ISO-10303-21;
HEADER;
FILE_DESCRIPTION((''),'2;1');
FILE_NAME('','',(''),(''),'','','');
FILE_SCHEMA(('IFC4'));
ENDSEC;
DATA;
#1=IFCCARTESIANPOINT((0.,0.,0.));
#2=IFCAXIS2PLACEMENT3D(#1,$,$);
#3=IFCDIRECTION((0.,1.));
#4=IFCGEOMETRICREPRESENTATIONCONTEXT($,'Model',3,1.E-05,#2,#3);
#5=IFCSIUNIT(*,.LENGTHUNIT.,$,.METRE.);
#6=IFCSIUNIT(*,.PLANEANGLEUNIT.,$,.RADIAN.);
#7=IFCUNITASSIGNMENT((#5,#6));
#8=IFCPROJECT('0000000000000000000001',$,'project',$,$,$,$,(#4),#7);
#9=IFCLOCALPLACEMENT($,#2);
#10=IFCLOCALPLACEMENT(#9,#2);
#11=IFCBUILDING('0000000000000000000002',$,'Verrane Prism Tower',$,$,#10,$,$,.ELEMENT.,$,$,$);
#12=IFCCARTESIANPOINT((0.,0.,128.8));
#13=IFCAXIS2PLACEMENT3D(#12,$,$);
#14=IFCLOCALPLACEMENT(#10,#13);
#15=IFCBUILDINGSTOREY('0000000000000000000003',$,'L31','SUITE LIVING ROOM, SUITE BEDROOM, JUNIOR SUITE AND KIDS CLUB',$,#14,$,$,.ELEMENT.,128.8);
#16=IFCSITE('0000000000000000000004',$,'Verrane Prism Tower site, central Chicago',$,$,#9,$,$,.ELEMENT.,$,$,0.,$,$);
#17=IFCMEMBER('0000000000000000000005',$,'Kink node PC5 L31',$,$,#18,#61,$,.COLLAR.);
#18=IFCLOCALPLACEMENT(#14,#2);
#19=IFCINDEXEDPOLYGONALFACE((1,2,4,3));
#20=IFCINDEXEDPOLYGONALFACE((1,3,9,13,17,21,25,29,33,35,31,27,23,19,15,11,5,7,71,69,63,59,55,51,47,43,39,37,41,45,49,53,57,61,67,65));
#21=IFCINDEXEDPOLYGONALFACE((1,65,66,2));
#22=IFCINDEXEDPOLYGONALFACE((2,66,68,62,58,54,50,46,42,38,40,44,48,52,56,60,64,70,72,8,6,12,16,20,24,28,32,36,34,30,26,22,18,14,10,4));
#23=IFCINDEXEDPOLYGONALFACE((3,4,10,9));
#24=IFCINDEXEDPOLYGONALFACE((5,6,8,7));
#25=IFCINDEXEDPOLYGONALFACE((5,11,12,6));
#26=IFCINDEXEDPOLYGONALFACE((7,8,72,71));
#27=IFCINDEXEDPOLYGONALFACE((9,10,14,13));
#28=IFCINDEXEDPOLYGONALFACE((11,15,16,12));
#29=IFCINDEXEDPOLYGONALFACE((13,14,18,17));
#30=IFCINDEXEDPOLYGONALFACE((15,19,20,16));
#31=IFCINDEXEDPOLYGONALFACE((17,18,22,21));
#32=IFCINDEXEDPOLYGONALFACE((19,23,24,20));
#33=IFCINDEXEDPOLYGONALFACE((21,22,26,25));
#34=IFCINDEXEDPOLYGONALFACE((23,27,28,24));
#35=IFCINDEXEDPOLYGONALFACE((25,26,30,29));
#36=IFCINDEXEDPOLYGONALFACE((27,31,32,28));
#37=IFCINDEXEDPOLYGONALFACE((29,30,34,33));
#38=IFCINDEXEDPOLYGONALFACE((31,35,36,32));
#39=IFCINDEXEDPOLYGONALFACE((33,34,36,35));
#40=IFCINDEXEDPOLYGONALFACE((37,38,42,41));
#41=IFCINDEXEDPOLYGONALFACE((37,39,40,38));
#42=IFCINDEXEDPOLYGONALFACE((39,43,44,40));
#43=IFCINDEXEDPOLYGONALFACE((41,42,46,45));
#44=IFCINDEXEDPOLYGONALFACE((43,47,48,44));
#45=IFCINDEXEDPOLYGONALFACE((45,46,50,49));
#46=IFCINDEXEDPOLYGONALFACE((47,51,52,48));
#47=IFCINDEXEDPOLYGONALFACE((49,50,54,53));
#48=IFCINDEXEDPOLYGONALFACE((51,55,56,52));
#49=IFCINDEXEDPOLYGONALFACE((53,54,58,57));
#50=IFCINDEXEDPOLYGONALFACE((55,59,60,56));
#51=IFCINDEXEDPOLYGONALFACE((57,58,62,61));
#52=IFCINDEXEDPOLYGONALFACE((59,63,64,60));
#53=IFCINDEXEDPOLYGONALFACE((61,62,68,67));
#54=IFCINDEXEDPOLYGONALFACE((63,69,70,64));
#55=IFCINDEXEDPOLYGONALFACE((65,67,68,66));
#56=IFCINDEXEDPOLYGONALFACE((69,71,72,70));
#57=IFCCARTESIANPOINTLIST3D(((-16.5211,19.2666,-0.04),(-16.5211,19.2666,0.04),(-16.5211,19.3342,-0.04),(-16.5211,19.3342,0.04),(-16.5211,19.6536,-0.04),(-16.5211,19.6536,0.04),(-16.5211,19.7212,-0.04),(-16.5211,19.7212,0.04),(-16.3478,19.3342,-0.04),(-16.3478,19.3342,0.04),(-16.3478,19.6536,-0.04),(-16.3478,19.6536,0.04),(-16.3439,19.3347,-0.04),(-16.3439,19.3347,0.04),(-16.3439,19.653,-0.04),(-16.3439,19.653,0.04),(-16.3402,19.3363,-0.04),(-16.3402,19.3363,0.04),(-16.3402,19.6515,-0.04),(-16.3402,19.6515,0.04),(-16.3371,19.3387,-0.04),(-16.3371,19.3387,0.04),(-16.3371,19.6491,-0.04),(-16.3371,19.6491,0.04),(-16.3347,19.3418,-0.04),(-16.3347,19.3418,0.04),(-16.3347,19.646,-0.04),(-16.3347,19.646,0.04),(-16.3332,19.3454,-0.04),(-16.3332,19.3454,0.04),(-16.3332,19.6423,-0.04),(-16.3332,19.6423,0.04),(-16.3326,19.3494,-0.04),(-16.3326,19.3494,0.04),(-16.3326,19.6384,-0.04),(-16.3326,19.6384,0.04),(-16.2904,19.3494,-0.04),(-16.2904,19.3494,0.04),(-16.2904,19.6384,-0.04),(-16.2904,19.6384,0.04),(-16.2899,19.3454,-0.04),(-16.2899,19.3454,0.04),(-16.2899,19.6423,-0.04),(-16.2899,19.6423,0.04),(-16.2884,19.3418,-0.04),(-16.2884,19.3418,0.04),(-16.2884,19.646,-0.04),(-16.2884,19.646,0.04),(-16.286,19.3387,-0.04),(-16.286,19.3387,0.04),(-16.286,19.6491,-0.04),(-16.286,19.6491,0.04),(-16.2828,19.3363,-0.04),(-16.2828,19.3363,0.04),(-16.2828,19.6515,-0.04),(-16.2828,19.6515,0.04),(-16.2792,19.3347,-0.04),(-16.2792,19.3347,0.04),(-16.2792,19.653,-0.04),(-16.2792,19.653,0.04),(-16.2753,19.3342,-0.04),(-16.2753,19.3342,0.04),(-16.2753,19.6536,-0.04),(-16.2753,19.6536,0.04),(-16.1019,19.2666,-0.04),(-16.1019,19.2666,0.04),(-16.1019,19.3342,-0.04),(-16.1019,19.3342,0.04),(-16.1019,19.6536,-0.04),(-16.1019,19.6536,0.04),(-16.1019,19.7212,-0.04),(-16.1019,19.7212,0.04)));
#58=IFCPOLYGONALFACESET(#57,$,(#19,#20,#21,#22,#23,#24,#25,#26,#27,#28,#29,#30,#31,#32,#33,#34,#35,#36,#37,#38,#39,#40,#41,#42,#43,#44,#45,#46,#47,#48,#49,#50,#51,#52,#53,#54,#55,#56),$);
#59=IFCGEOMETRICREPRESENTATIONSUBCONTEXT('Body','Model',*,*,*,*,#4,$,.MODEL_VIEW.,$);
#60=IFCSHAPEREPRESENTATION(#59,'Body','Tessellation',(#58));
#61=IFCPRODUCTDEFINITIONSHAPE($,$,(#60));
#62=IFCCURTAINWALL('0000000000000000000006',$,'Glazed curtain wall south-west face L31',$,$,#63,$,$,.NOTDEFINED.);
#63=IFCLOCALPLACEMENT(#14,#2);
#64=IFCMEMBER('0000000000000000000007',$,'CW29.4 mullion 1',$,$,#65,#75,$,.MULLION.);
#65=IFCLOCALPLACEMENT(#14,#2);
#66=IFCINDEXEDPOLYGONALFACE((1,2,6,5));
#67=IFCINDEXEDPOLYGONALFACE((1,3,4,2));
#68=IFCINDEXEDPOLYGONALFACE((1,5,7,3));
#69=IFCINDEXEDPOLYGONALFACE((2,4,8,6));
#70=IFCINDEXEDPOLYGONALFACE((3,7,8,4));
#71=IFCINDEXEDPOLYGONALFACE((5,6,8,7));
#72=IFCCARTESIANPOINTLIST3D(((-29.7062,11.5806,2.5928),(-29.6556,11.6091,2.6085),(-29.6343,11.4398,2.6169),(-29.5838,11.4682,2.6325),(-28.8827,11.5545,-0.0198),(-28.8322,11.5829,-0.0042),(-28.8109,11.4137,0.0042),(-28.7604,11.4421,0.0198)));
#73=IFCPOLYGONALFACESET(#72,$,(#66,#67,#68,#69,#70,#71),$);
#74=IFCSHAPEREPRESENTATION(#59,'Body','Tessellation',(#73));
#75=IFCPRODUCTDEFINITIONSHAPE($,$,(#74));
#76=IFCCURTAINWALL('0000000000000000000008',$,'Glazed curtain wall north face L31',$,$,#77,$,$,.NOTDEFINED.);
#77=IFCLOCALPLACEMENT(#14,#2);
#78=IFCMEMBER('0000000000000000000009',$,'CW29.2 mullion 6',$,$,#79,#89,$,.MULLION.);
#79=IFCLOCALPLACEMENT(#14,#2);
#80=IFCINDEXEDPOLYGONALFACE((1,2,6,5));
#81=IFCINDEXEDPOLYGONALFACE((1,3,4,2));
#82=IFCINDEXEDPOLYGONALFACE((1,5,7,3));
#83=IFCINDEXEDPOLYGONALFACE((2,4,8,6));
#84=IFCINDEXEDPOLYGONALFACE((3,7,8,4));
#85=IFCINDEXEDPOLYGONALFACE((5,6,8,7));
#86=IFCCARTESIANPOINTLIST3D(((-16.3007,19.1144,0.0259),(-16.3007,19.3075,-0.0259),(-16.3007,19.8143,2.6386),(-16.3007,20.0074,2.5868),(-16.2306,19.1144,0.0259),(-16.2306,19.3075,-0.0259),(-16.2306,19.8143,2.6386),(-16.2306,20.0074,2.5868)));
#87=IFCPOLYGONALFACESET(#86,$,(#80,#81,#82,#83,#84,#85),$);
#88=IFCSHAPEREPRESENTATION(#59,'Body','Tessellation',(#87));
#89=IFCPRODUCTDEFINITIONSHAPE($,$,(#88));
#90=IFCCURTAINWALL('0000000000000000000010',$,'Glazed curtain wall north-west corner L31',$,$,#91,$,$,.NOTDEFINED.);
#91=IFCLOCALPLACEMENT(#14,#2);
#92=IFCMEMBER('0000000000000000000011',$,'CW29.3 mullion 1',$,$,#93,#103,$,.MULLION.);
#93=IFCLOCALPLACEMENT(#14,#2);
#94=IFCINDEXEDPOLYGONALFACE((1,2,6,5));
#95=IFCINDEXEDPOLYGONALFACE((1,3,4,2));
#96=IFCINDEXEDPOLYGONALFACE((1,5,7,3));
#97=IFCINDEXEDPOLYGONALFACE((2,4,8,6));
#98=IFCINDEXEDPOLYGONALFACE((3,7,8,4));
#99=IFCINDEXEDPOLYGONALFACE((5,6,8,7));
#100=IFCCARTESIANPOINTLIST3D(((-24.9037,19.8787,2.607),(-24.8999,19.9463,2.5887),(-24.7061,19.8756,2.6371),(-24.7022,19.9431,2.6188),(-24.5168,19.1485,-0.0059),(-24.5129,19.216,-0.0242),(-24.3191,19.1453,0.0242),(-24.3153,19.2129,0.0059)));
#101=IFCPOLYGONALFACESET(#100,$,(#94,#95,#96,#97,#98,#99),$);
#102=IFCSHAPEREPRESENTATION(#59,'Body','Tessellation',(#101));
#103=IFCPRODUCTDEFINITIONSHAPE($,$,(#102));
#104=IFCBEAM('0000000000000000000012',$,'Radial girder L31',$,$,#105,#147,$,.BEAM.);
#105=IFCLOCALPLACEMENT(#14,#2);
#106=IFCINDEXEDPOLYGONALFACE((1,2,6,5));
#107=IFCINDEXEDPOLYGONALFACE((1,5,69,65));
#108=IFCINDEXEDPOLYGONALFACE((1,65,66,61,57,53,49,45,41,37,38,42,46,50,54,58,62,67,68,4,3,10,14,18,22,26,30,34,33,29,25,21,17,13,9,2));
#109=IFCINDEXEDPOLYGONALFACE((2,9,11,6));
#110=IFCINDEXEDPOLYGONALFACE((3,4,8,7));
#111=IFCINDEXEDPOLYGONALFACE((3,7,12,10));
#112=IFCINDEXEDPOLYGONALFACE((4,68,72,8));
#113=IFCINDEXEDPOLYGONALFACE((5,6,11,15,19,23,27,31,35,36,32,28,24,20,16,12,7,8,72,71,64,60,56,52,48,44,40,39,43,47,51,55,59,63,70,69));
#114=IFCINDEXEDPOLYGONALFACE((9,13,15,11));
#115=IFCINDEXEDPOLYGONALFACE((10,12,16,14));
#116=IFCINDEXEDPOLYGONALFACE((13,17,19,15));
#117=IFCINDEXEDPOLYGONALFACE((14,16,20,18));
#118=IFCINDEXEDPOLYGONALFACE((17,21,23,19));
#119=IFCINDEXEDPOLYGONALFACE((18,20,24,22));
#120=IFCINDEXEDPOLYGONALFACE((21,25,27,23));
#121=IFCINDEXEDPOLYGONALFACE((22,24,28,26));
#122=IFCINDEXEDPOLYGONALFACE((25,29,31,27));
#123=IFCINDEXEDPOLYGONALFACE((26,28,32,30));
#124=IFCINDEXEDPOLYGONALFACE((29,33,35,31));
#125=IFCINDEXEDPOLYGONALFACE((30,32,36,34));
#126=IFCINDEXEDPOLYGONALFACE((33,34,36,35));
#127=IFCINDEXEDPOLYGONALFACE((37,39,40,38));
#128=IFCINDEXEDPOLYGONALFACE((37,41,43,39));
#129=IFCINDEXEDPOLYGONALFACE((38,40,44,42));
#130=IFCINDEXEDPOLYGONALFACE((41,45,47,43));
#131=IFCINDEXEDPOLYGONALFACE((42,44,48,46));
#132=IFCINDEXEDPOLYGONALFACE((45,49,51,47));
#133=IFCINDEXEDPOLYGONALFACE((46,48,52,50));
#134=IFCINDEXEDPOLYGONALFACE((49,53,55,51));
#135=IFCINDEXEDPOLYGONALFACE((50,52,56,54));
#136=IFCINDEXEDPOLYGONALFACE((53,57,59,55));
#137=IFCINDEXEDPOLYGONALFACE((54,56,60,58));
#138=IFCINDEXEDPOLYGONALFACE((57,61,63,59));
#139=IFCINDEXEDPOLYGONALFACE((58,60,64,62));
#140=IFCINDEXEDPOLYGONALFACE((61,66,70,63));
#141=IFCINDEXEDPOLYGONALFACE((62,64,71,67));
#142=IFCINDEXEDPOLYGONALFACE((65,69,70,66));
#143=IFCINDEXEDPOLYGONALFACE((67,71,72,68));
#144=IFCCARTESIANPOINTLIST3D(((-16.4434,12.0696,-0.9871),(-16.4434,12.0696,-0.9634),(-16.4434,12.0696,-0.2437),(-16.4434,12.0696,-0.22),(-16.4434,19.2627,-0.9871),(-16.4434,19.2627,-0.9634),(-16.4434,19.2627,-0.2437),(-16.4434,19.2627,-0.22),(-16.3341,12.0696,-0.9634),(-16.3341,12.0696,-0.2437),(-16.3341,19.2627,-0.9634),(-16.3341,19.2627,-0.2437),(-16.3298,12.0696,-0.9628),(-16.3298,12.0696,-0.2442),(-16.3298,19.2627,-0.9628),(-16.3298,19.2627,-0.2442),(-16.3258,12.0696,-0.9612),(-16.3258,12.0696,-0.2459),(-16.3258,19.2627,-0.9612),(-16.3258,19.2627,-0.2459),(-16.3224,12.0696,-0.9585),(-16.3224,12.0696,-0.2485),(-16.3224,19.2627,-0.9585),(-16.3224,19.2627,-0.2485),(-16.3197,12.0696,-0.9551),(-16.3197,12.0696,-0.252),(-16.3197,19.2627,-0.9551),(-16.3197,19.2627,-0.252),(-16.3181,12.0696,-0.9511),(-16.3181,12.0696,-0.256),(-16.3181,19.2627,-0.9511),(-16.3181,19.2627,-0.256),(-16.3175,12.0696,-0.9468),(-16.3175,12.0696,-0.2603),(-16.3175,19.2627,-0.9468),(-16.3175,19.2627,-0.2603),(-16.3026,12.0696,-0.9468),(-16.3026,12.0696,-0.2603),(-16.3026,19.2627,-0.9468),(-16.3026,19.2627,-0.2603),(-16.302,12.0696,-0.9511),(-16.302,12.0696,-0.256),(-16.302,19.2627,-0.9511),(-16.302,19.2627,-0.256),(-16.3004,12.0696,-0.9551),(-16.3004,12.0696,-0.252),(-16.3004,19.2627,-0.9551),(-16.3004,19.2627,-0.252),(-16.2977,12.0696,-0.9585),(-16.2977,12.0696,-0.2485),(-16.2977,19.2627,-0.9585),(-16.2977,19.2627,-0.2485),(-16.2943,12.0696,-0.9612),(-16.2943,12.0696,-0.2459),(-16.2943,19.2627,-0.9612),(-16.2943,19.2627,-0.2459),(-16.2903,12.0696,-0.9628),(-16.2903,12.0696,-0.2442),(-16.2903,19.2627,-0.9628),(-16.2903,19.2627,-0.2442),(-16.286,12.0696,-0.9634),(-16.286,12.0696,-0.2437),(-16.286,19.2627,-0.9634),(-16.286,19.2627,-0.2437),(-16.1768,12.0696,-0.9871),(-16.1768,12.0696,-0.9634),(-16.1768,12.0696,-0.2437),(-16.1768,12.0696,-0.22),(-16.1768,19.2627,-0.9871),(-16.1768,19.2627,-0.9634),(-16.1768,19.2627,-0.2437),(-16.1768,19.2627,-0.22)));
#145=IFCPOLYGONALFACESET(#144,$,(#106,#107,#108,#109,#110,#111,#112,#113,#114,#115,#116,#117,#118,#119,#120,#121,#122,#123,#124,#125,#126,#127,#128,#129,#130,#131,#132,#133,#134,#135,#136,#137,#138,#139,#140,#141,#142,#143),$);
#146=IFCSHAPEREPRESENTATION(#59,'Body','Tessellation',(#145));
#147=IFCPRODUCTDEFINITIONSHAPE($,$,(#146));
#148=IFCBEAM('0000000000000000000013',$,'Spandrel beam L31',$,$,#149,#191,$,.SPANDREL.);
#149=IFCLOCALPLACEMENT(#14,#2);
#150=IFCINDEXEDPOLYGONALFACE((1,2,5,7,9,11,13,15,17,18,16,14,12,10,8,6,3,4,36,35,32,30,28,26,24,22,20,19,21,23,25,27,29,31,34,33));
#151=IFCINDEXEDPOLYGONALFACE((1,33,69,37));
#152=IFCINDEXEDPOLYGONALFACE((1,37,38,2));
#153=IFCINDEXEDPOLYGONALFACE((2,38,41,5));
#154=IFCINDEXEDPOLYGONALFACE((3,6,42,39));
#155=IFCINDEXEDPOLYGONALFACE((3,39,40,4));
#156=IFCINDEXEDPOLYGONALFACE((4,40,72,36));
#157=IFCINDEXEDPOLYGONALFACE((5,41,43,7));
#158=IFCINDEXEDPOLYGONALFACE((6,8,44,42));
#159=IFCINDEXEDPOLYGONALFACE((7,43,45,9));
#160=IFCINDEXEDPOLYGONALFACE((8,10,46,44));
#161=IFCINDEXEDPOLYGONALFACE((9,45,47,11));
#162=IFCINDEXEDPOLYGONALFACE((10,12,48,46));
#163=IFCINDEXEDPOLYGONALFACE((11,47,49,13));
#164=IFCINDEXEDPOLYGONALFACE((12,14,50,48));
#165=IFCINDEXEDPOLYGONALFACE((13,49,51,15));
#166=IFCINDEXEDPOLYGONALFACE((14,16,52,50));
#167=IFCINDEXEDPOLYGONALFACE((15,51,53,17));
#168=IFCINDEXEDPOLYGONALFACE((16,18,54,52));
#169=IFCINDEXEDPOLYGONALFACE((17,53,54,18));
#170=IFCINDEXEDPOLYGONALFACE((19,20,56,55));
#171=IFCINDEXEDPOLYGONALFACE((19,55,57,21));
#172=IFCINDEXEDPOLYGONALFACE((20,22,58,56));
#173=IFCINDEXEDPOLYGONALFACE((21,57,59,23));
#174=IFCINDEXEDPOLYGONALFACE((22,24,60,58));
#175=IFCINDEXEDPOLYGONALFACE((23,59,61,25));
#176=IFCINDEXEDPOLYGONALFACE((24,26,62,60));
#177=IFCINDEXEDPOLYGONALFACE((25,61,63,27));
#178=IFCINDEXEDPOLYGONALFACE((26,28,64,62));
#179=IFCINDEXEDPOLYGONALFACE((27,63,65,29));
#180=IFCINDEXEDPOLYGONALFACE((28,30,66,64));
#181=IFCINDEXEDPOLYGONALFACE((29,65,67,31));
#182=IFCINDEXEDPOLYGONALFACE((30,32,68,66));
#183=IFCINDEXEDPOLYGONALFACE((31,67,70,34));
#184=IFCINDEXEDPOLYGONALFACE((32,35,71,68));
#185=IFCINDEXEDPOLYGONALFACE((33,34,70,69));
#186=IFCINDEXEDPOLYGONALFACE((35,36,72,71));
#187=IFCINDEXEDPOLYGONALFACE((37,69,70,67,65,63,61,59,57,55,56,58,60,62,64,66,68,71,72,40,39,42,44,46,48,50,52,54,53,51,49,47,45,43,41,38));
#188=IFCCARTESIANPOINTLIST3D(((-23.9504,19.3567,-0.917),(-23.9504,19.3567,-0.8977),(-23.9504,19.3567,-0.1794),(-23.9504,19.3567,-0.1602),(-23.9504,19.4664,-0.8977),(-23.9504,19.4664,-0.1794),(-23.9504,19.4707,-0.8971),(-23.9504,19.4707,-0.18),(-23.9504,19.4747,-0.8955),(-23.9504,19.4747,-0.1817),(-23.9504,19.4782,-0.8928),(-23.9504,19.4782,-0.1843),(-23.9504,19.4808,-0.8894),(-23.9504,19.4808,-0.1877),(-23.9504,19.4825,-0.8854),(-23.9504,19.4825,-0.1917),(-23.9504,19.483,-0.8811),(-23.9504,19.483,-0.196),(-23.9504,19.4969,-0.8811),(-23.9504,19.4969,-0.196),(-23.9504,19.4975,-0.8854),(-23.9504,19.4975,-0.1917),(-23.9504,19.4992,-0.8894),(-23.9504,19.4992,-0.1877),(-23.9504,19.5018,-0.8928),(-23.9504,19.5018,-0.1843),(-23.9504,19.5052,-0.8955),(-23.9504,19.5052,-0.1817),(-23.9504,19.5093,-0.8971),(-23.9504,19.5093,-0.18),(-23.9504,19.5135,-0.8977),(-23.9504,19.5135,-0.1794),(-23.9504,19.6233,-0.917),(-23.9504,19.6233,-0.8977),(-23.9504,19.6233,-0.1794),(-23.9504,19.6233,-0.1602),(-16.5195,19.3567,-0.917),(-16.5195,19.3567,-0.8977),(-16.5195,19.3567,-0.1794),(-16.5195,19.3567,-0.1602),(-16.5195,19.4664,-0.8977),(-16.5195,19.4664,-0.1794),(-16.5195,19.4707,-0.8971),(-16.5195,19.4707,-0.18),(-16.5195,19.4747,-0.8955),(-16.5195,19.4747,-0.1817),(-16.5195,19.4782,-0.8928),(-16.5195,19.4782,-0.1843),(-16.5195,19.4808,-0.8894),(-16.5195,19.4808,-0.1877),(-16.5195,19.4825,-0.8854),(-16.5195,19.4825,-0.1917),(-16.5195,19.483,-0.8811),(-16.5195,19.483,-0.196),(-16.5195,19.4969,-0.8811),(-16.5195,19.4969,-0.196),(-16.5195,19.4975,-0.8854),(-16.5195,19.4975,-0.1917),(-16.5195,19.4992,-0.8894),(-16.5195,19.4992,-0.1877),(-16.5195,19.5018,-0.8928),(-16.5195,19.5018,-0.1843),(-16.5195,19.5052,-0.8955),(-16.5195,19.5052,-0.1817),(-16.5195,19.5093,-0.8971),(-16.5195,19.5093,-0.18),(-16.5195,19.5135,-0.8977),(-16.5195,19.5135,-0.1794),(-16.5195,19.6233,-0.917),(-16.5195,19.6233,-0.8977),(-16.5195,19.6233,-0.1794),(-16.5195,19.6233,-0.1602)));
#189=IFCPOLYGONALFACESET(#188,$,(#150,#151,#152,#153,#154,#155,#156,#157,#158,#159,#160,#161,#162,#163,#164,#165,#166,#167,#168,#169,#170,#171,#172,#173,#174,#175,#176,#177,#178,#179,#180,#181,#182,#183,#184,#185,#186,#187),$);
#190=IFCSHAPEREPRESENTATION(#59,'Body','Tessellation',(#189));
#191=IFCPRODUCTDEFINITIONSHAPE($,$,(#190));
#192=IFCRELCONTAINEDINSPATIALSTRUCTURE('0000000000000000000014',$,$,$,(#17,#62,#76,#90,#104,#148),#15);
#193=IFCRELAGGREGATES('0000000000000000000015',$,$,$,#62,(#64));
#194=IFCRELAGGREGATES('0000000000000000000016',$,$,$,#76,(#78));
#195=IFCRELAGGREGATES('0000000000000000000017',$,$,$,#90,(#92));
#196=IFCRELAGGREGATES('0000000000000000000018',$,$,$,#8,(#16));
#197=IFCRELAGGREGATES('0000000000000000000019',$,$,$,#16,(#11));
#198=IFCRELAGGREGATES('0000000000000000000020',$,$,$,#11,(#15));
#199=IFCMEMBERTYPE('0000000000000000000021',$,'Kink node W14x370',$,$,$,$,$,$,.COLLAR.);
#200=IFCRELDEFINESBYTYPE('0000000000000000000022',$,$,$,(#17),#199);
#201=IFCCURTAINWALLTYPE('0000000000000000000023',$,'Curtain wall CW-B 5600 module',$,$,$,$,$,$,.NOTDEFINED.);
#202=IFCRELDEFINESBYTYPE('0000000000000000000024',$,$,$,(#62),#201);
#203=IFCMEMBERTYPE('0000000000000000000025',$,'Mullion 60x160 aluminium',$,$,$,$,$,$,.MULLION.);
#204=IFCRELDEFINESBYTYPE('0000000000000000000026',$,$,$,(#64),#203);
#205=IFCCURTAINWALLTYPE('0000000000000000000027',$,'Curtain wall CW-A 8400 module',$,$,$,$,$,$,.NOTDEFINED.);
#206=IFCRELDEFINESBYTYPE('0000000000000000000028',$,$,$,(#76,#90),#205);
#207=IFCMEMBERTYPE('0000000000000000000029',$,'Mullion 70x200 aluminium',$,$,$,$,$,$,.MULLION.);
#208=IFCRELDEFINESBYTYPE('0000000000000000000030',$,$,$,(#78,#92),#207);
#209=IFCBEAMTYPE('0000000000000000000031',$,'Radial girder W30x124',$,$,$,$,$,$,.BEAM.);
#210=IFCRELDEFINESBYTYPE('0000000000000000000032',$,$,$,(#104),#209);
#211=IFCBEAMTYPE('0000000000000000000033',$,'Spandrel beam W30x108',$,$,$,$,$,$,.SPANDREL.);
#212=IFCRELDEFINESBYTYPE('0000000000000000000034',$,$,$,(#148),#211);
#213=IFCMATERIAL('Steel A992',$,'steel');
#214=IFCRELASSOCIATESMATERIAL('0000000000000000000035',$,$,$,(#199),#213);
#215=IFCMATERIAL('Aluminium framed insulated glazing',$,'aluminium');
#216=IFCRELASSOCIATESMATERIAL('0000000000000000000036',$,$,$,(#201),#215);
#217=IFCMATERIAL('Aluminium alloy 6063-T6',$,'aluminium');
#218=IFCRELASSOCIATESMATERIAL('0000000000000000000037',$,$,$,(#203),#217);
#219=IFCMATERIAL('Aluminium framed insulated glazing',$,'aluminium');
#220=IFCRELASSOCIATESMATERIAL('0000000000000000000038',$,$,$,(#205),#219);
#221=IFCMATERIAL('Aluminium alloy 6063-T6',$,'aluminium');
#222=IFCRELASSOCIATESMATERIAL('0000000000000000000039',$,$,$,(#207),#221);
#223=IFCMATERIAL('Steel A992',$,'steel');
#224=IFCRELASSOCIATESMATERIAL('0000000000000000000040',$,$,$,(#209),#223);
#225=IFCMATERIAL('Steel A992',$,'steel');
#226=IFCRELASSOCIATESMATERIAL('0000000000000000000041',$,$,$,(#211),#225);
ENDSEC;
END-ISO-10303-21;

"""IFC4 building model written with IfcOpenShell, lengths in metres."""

from ifc_helpers import new_model, si_unit, direction, frame, origin, origin_2d, place, context, subcontext, project, spatial, rectangle, i_section, extrude, material, material_profile, profile_set, type_object, element, aggregate, save


model = new_model("IFC4")

# Units and contexts
model_context = context("Model", 3, precision=1e-05, world=origin(), true_north=direction((0.0, 1.0)))
body_context = subcontext(model_context, "Body", "Model", "MODEL_VIEW")
ifc_project = project(units=[si_unit("LENGTHUNIT", "METRE"), si_unit("PLANEANGLEUNIT", "RADIAN")], contexts=[model_context])

# Site, building, storey
site_placement = place(None, origin())
site = spatial("IfcSite", under=ifc_project, at=site_placement, Name="Verrane Prism Tower site, central Chicago", CompositionType="ELEMENT", RefElevation=0.0)
building_placement = place(site_placement, origin())
building = spatial("IfcBuilding", under=site, at=building_placement, Name="Verrane Prism Tower", CompositionType="ELEMENT")
storey_placement = place(building_placement, frame((0.0, 0.0, 128.8)))
storey = spatial("IfcBuildingStorey", under=building, at=storey_placement, Name="L31", Description="SUITE LIVING ROOM, SUITE BEDROOM, JUNIOR SUITE AND KIDS CLUB", CompositionType="ELEMENT", Elevation=128.8)

# Member
ifc_material_1 = material(Name="Steel A992", Category="steel")
ifc_material_profile_1 = material_profile(ifc_material_1, i_section(OverallWidth=0.4192, OverallDepth=0.4546, WebThickness=0.0422, FlangeThickness=0.0676, FilletRadius=0.0151, at=origin_2d()), Name="W14x370")
ifc_profile_set_1 = profile_set([ifc_material_profile_1], Name="Steel A992")
member_type_1 = type_object("IfcMemberType", Name="Kink node W14x370", PredefinedType="COLLAR", material=ifc_profile_set_1)
member_1_placement = place(storey_placement, frame((-16.3115, 19.4939, -0.04), z_axis=(0.0, 0.0, 1.0), x_axis=(1.0, 0.0, 0.0)))
element("IfcMember", 1, at=member_1_placement, inside=storey, type_object=member_type_1, Name="Kink node PC5 L31", PredefinedType="COLLAR", context=body_context, shape_type="SweptSolid", body=[
    extrude(i_section(OverallWidth=0.4192, OverallDepth=0.4546, WebThickness=0.0422, FlangeThickness=0.0676, FilletRadius=0.0151, at=origin_2d()), origin(), (0.0, 0.0, 1.0), 0.0801),
])

# Curtain walls, members
ifc_material_2 = material(Name="Aluminium framed insulated glazing", Category="aluminium")
curtain_wall_type_1 = type_object("IfcCurtainWallType", Name="Curtain wall CW-B 5600 module", PredefinedType="NOTDEFINED", material=ifc_material_2)
curtain_wall_1_placement = place(storey_placement, origin())
curtain_wall_1 = element("IfcCurtainWall", 2, at=curtain_wall_1_placement, inside=storey, type_object=curtain_wall_type_1, Name="Glazed curtain wall south-west face L31", PredefinedType="NOTDEFINED")
ifc_material_3 = material(Name="Aluminium alloy 6063-T6", Category="aluminium")
ifc_material_profile_2 = material_profile(ifc_material_3, rectangle(XDim=0.1599, YDim=0.0601, at=origin_2d()), Name="Mullion 60x160 aluminium")
ifc_profile_set_2 = profile_set([ifc_material_profile_2], Name="Aluminium alloy 6063-T6")
member_type_2 = type_object("IfcMemberType", Name="Mullion 60x160 aluminium", PredefinedType="MULLION", material=ifc_profile_set_2)
member_2_placement = place(storey_placement, frame((-28.8215, 11.4983, 0.0), z_axis=(-0.300585, 0.009535, 0.953708), x_axis=(0.449155, -0.880709, 0.150368)))
member_2 = element("IfcMember", 3, at=member_2_placement, type_object=member_type_2, Name="CW29.4 mullion 1", PredefinedType="MULLION", context=body_context, shape_type="SweptSolid", body=[
    extrude(rectangle(XDim=0.1599, YDim=0.0601, at=origin_2d()), origin(), (0.0, 0.0, 1.0), 2.7395),
])
ifc_material_4 = material(Name="Aluminium framed insulated glazing", Category="aluminium")
curtain_wall_type_2 = type_object("IfcCurtainWallType", Name="Curtain wall CW-A 8400 module", PredefinedType="NOTDEFINED", material=ifc_material_4)
curtain_wall_2_placement = place(storey_placement, origin())
curtain_wall_2 = element("IfcCurtainWall", 4, at=curtain_wall_2_placement, inside=storey, type_object=curtain_wall_type_2, Name="Glazed curtain wall north face L31", PredefinedType="NOTDEFINED")
ifc_material_5 = material(Name="Aluminium alloy 6063-T6", Category="aluminium")
ifc_material_profile_3 = material_profile(ifc_material_5, rectangle(XDim=0.2, YDim=0.0701, at=origin_2d()), Name="Mullion 70x200 aluminium")
ifc_profile_set_3 = profile_set([ifc_material_profile_3], Name="Aluminium alloy 6063-T6")
member_type_3 = type_object("IfcMemberType", Name="Mullion 70x200 aluminium", PredefinedType="MULLION", material=ifc_profile_set_3)
member_3_placement = place(storey_placement, frame((-16.2656, 19.2109, 0.0), z_axis=(0.0, 0.258769, 0.965939), x_axis=(0.0, 0.965939, -0.258769)))
member_3 = element("IfcMember", 5, at=member_3_placement, type_object=member_type_3, Name="CW29.2 mullion 6", PredefinedType="MULLION", context=body_context, shape_type="SweptSolid", body=[
    extrude(rectangle(XDim=0.2, YDim=0.0701, at=origin_2d()), origin(), (0.0, 0.0, 1.0), 2.7048),
])
curtain_wall_3_placement = place(storey_placement, origin())
curtain_wall_3 = element("IfcCurtainWall", 6, at=curtain_wall_3_placement, inside=storey, type_object=curtain_wall_type_2, Name="Glazed curtain wall north-west corner L31", PredefinedType="NOTDEFINED")
member_4_placement = place(storey_placement, frame((-24.416, 19.1807, 0.0), z_axis=(-0.141208, 0.266469, 0.953444), x_axis=(-0.988442, 0.015722, -0.150785)))
member_4 = element("IfcMember", 7, at=member_4_placement, type_object=member_type_3, Name="CW29.3 mullion 1", PredefinedType="MULLION", context=body_context, shape_type="SweptSolid", body=[
    extrude(rectangle(XDim=0.2, YDim=0.0701, at=origin_2d()), origin(), (0.0, 0.0, 1.0), 2.7405),
])

# Beams
ifc_material_6 = material(Name="Steel A992", Category="steel")
ifc_material_profile_4 = material_profile(ifc_material_6, i_section(OverallWidth=0.2666, OverallDepth=0.7671, WebThickness=0.0149, FlangeThickness=0.0237, FilletRadius=0.0166, at=origin_2d()), Name="W30x124")
ifc_profile_set_4 = profile_set([ifc_material_profile_4], Name="Steel A992")
beam_type_1 = type_object("IfcBeamType", Name="Radial girder W30x124", PredefinedType="BEAM", material=ifc_profile_set_4)
beam_1_placement = place(storey_placement, frame((-16.3101, 19.2627, -0.6035), z_axis=(0.0, -1.0, 0.0), x_axis=(1.0, 0.0, 0.0)))
element("IfcBeam", 8, at=beam_1_placement, inside=storey, type_object=beam_type_1, Name="Radial girder L31", PredefinedType="BEAM", context=body_context, shape_type="SweptSolid", body=[
    extrude(i_section(OverallWidth=0.2666, OverallDepth=0.7671, WebThickness=0.0149, FlangeThickness=0.0237, FilletRadius=0.0166, at=origin_2d()), origin(), (0.0, 0.0, 1.0), 7.1931),
])
ifc_material_7 = material(Name="Steel A992", Category="steel")
ifc_material_profile_5 = material_profile(ifc_material_7, i_section(OverallWidth=0.2666, OverallDepth=0.7568, WebThickness=0.0139, FlangeThickness=0.0193, FilletRadius=0.0166, at=origin_2d()), Name="W30x108")
ifc_profile_set_5 = profile_set([ifc_material_profile_5], Name="Steel A992")
beam_type_2 = type_object("IfcBeamType", Name="Spandrel beam W30x108", PredefinedType="SPANDREL", material=ifc_profile_set_5)
beam_2_placement = place(storey_placement, frame((-16.5195, 19.49, -0.5386), z_axis=(-1.0, 0.0, 0.0), x_axis=(0.0, -1.0, 0.0)))
element("IfcBeam", 9, at=beam_2_placement, inside=storey, type_object=beam_type_2, Name="Spandrel beam L31", PredefinedType="SPANDREL", context=body_context, shape_type="SweptSolid", body=[
    extrude(i_section(OverallWidth=0.2666, OverallDepth=0.7568, WebThickness=0.0139, FlangeThickness=0.0193, FilletRadius=0.0166, at=origin_2d()), origin(), (0.0, 0.0, 1.0), 7.4309),
])

aggregate(curtain_wall_1, [member_2])
aggregate(curtain_wall_2, [member_3])
aggregate(curtain_wall_3, [member_4])

save(model, "model.ifc")
